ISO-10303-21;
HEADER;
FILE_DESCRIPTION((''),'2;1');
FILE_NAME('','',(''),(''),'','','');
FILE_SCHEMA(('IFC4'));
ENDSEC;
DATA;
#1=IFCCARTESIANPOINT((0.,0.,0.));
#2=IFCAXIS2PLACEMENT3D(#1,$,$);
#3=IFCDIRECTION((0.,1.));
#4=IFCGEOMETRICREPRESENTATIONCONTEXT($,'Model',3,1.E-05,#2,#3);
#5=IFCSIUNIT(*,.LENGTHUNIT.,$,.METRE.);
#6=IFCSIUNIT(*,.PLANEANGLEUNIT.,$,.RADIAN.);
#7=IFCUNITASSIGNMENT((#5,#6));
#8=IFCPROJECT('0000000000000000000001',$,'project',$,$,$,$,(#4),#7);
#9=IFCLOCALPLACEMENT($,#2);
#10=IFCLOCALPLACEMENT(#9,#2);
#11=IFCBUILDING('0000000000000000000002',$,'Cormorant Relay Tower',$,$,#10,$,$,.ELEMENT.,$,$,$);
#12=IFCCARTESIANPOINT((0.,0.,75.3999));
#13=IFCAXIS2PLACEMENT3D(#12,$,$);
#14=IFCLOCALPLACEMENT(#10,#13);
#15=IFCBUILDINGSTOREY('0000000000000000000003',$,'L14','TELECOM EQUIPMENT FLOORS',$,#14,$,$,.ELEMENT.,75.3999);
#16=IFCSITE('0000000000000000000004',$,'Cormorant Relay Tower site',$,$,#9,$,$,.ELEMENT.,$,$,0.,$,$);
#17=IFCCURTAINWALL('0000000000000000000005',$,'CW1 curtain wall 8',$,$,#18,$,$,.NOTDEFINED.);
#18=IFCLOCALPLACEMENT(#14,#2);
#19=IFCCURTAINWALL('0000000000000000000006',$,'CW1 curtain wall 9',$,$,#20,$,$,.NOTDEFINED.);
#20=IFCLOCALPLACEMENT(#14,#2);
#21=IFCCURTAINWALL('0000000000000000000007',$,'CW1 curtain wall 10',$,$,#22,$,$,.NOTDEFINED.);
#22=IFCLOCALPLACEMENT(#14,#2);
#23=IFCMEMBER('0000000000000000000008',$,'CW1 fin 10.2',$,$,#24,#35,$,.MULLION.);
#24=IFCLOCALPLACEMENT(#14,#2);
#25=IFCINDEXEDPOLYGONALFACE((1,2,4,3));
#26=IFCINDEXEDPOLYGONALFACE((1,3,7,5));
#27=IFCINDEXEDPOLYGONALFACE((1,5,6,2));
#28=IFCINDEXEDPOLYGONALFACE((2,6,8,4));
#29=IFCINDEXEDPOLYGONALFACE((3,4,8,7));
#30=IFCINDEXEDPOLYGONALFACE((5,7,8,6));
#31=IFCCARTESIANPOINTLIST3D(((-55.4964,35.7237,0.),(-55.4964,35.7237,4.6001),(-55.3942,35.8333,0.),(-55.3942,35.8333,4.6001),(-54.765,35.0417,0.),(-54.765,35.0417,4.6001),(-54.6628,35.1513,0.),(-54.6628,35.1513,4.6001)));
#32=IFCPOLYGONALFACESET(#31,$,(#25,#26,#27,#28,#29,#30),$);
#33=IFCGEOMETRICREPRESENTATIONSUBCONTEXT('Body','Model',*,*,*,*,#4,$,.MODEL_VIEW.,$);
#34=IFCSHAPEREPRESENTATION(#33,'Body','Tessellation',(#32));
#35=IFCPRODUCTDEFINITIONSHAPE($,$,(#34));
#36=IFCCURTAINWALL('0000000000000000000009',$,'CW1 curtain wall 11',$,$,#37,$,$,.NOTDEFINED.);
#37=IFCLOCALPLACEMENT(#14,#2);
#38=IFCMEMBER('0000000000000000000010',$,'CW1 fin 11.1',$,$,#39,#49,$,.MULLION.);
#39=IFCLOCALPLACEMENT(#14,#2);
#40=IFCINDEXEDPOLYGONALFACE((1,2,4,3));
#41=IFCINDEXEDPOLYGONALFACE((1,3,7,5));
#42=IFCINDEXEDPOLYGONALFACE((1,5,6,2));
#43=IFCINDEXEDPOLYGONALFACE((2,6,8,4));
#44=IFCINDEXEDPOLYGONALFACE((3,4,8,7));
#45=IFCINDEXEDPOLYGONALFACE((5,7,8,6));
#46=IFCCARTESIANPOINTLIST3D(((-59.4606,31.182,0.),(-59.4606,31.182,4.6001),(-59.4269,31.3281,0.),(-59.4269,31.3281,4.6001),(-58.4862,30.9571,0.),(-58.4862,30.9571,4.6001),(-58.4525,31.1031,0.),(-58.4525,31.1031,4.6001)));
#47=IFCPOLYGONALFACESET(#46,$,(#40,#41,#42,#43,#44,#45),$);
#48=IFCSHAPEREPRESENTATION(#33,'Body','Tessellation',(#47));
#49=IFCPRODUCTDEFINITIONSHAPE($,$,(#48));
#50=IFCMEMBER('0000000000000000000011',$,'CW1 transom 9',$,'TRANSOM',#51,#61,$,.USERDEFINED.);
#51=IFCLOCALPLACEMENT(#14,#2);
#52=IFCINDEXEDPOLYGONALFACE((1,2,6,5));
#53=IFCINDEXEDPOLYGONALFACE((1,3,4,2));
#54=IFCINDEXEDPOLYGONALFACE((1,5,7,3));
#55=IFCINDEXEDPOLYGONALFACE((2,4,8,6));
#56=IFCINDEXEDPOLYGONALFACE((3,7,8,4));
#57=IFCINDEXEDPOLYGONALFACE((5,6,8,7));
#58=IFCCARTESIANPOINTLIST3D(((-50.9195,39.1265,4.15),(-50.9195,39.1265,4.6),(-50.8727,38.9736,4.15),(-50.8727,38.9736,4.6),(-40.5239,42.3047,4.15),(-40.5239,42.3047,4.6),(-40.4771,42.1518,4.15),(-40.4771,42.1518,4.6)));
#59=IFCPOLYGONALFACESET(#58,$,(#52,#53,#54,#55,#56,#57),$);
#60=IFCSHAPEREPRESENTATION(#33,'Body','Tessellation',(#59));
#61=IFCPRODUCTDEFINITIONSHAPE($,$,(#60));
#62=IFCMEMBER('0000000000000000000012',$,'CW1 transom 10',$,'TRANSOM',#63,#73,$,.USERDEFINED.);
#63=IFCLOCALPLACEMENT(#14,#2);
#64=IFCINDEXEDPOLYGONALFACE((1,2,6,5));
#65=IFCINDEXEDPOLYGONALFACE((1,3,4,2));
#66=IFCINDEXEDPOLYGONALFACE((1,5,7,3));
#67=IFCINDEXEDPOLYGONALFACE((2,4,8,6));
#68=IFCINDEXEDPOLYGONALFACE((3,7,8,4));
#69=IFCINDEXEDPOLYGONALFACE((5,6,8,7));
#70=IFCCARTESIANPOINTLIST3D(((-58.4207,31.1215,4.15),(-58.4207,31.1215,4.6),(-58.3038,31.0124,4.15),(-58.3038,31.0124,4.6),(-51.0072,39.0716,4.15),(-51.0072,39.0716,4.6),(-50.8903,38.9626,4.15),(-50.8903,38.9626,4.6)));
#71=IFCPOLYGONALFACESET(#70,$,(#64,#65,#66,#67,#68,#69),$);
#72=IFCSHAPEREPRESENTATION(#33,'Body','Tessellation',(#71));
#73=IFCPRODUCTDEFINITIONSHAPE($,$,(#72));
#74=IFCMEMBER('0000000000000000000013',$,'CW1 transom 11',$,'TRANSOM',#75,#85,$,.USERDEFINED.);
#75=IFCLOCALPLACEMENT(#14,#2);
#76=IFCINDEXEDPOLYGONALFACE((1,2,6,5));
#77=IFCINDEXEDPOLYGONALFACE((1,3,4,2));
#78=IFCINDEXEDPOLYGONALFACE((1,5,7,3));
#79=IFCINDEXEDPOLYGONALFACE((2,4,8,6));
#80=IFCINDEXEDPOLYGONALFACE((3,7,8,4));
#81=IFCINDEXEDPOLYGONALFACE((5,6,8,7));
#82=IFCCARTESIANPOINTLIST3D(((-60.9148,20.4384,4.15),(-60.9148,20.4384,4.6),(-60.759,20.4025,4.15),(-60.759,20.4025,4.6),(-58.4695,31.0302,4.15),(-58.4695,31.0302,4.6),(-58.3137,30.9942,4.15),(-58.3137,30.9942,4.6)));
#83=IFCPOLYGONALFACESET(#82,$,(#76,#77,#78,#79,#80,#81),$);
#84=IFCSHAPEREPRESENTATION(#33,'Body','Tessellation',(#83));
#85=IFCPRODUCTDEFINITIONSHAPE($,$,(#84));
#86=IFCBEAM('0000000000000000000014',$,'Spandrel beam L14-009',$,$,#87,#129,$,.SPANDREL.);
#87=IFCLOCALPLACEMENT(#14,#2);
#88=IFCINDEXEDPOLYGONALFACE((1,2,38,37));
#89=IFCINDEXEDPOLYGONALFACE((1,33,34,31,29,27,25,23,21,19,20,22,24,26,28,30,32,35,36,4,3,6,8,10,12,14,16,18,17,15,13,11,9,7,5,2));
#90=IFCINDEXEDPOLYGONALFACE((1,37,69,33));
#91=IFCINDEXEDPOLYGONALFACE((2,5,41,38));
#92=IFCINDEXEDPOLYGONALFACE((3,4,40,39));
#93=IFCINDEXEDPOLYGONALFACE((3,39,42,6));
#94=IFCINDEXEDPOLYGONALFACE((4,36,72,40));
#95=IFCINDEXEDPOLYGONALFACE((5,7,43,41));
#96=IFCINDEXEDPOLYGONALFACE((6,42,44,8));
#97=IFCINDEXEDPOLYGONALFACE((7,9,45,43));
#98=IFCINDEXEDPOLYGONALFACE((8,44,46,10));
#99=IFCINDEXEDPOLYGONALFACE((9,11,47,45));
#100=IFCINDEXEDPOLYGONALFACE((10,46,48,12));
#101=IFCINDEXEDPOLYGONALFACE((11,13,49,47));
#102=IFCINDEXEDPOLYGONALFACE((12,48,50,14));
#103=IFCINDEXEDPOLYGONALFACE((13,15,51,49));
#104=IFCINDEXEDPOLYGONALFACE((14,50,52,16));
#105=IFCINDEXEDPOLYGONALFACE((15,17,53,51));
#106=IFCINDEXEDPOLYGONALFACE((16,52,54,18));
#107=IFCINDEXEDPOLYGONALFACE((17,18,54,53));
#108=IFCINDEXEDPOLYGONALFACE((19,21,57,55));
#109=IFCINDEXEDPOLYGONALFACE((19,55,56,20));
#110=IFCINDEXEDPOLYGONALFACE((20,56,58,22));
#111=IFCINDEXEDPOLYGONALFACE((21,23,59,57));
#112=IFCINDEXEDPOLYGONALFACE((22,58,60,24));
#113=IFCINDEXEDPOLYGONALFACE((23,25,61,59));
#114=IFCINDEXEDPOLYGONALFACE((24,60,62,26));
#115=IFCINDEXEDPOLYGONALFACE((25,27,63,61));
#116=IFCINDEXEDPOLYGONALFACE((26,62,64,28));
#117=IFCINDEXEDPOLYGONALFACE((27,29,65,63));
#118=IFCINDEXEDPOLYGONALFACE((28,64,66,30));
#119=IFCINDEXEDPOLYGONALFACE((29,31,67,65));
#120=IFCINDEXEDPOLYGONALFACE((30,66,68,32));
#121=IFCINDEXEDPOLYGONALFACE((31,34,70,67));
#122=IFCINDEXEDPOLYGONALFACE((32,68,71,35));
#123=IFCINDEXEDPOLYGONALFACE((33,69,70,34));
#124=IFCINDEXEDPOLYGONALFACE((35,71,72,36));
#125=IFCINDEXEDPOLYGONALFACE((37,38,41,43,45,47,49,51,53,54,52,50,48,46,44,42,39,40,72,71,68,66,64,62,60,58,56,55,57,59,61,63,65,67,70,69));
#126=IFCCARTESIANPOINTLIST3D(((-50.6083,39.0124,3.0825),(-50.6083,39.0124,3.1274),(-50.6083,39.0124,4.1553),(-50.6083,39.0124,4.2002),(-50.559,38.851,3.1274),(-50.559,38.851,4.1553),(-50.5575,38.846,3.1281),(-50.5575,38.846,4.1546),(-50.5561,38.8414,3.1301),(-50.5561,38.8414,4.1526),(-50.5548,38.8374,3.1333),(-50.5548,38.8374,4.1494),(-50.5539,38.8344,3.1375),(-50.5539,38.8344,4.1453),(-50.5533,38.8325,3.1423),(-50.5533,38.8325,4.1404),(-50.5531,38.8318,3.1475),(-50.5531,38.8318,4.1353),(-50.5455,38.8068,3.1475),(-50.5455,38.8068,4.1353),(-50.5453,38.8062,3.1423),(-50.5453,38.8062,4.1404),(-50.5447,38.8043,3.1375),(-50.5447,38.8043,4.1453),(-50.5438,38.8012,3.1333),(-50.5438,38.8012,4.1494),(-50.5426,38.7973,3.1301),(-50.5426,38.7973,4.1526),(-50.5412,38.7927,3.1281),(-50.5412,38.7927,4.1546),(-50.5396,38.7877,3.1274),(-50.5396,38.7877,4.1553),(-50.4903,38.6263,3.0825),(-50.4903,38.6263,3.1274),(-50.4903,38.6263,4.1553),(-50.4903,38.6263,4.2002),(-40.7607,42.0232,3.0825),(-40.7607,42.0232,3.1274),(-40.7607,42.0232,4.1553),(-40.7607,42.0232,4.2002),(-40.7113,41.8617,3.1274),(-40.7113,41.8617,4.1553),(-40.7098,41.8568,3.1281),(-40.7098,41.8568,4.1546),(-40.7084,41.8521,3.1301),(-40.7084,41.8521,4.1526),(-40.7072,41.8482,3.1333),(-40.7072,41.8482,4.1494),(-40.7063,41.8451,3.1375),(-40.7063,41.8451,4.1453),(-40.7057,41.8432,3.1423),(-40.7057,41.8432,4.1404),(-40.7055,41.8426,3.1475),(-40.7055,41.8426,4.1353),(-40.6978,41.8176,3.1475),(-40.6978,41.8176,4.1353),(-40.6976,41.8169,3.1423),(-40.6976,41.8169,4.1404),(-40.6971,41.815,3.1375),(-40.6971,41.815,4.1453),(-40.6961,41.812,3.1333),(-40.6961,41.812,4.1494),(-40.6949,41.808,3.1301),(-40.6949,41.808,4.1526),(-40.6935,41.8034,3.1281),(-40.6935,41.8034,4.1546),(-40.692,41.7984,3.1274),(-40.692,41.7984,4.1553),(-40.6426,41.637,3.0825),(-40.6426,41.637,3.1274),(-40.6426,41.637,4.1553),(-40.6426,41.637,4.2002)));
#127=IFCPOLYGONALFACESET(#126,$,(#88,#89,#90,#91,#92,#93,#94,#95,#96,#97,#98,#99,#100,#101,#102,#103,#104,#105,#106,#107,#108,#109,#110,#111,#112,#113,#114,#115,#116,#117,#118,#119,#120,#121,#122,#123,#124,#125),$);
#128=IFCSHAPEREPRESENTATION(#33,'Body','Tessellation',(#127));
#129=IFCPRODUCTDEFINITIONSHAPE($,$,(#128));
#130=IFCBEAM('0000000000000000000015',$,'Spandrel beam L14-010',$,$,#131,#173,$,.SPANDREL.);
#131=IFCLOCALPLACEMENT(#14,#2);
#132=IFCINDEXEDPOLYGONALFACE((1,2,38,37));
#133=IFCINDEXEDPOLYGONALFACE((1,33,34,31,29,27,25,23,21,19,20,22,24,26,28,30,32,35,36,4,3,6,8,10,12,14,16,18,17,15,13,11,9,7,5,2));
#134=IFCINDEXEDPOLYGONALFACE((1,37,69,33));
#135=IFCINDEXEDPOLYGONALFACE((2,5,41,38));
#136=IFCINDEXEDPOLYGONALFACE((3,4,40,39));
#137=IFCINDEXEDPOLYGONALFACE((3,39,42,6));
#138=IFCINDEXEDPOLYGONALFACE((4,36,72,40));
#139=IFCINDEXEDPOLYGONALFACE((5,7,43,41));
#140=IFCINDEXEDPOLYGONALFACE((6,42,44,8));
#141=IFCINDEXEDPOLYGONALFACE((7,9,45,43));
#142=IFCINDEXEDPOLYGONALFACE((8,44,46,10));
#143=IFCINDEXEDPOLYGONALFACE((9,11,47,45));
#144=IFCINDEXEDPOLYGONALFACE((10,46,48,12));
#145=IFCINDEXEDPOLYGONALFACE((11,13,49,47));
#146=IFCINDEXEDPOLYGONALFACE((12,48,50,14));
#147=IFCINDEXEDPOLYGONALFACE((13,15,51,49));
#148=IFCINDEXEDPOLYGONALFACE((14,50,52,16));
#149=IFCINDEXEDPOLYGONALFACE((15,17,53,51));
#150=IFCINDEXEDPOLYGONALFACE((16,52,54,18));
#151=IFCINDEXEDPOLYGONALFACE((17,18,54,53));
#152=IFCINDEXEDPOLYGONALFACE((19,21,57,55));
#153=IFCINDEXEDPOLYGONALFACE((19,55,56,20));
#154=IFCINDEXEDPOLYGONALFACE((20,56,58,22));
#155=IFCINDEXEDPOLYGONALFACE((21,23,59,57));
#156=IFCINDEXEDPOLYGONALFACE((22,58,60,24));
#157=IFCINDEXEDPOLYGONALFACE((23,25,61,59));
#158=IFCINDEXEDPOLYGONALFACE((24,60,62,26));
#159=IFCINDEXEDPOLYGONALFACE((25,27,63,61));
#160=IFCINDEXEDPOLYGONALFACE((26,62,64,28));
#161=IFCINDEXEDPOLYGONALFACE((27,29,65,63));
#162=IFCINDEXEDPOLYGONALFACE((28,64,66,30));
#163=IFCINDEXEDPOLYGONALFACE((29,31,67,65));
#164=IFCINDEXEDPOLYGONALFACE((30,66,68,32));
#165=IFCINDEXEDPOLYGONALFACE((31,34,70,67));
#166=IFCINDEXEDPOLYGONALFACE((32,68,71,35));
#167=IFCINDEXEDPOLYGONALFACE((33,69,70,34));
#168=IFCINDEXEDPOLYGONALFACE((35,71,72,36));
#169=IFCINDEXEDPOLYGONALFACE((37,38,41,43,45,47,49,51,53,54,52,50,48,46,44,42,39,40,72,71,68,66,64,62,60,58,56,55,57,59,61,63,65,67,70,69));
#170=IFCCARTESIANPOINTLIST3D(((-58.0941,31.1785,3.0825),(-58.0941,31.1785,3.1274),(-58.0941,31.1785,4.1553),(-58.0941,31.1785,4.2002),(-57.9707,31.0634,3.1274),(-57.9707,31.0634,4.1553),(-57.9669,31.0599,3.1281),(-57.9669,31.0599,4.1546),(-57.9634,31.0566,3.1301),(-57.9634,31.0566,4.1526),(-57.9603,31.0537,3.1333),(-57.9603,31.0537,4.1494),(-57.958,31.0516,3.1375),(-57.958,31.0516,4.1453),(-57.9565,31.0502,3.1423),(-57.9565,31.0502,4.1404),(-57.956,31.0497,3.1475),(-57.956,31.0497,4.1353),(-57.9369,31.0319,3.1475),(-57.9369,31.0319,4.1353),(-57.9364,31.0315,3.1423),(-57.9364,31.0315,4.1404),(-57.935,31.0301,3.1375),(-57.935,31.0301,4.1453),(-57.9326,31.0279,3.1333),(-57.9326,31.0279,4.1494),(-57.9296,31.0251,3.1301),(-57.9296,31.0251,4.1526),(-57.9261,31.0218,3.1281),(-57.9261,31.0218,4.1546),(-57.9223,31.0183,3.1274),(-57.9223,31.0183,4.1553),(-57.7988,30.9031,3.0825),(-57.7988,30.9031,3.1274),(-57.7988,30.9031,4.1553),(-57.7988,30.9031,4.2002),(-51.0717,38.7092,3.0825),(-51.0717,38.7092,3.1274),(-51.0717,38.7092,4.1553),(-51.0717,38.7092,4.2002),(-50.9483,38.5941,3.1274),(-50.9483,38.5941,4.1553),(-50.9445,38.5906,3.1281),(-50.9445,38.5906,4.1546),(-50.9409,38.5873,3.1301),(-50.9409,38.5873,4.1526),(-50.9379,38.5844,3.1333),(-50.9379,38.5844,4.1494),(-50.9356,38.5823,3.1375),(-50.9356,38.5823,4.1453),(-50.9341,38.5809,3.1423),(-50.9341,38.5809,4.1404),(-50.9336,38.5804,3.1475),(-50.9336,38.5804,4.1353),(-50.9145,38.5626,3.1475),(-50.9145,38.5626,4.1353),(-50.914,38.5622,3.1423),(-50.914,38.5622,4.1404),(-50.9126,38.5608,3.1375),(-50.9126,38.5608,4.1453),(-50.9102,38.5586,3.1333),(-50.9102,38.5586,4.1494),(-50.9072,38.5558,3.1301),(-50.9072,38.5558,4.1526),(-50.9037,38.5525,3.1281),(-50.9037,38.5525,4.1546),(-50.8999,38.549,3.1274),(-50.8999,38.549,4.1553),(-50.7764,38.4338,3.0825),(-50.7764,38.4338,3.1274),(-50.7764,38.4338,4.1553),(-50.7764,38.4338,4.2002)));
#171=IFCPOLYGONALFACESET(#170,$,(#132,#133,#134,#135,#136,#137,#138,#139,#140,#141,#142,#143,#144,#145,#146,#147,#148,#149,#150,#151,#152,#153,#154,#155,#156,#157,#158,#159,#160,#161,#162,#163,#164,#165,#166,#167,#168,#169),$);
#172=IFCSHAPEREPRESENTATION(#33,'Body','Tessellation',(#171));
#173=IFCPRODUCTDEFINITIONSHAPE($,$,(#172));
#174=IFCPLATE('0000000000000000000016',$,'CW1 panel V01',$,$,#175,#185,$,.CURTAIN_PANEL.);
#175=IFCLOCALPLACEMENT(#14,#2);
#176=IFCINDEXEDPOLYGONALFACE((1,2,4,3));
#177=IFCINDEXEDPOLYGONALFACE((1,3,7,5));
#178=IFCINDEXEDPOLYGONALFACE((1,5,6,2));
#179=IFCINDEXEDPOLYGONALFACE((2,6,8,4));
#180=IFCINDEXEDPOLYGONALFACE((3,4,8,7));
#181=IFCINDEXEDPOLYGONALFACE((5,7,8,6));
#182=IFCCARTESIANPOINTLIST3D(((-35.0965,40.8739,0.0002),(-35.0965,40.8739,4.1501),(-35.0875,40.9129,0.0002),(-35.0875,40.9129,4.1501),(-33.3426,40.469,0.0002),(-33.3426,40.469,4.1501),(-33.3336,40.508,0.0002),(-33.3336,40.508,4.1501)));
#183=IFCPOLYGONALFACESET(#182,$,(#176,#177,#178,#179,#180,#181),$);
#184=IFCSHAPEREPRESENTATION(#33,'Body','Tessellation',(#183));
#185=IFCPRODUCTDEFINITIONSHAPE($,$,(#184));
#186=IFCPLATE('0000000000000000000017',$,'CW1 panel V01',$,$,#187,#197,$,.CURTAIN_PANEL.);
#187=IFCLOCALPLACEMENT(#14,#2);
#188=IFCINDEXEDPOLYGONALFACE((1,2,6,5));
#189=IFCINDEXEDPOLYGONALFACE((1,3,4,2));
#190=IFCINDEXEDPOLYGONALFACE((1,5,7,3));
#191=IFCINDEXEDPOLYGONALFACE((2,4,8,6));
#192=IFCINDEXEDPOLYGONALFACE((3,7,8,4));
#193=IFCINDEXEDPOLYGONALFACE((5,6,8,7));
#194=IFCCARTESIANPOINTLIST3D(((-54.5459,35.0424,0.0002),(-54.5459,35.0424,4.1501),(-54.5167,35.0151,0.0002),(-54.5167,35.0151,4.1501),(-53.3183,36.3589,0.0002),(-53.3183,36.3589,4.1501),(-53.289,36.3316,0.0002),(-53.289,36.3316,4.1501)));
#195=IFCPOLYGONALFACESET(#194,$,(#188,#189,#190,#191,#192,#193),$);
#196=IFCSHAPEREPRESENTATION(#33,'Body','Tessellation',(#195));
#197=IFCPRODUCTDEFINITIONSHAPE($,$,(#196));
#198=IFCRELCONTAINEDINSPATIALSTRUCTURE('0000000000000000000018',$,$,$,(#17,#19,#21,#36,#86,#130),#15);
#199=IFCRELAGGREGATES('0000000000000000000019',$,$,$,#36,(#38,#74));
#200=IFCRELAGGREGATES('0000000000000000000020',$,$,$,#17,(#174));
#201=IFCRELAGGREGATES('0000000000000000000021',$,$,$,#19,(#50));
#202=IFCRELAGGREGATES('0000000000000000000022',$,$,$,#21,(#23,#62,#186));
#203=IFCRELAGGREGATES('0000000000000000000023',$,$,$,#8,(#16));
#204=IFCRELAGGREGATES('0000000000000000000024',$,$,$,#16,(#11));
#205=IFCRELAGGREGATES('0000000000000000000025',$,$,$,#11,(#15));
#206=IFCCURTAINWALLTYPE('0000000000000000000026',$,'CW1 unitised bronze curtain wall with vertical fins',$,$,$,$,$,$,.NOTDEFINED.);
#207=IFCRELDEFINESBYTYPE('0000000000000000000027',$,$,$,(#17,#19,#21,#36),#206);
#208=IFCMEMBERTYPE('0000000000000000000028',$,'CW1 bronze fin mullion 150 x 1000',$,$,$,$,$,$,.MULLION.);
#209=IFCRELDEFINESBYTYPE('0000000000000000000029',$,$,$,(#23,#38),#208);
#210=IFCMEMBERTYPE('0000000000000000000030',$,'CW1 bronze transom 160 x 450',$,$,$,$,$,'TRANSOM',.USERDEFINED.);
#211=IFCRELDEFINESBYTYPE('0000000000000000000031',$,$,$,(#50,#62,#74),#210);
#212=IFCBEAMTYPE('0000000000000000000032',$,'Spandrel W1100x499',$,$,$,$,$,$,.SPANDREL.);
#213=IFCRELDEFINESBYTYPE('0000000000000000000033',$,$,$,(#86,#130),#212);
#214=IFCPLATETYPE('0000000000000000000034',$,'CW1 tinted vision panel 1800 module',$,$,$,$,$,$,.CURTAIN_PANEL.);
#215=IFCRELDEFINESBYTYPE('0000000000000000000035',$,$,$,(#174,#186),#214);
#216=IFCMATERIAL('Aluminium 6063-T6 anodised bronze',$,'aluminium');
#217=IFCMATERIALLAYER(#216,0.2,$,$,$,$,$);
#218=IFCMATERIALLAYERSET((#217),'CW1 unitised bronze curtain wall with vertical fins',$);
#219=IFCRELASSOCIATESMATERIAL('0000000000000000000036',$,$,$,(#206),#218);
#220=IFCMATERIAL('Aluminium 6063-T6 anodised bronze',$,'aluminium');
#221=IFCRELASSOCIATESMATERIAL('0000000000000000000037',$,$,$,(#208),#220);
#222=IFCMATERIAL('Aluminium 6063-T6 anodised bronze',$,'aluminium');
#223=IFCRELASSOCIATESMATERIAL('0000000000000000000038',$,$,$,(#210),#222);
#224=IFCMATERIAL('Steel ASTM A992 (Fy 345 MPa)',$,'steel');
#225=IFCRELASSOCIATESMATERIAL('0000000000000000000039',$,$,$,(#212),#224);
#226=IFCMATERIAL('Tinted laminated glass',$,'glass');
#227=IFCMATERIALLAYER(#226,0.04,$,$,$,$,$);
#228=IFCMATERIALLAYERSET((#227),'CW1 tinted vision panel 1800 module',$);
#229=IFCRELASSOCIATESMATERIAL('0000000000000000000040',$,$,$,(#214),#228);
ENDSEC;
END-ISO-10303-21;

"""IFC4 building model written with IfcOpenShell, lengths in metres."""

from ifc_helpers import new_model, si_unit, direction, frame, origin, origin_2d, place, context, subcontext, project, spatial, rectangle, i_section, extrude, material, layer, layer_set, material_profile, profile_set, type_object, element, aggregate, save


model = new_model("IFC4")

# Units and contexts
model_context = context("Model", 3, precision=1e-05, world=origin(), true_north=direction((0.0, 1.0)))
body_context = subcontext(model_context, "Body", "Model", "MODEL_VIEW")
ifc_project = project(units=[si_unit("LENGTHUNIT", "METRE"), si_unit("PLANEANGLEUNIT", "RADIAN")], contexts=[model_context])

# Site, building, storey
site_placement = place(None, origin())
site = spatial("IfcSite", under=ifc_project, at=site_placement, Name="Cormorant Relay Tower site", CompositionType="ELEMENT", RefElevation=0.0)
building_placement = place(site_placement, origin())
building = spatial("IfcBuilding", under=site, at=building_placement, Name="Cormorant Relay Tower", CompositionType="ELEMENT")
storey_placement = place(building_placement, frame((0.0, 0.0, 75.3999)))
storey = spatial("IfcBuildingStorey", under=building, at=storey_placement, Name="L14", Description="TELECOM EQUIPMENT FLOORS", CompositionType="ELEMENT", Elevation=75.3999)

# Curtain wall
ifc_material_1 = material(Name="Aluminium 6063-T6 anodised bronze", Category="aluminium")
ifc_layer_1 = layer(ifc_material_1, 0.2)
ifc_layer_set_1 = layer_set([ifc_layer_1], Name="CW1 unitised bronze curtain wall with vertical fins")
curtain_wall_type = type_object("IfcCurtainWallType", Name="CW1 unitised bronze curtain wall with vertical fins", PredefinedType="NOTDEFINED", material=ifc_layer_set_1)
curtain_wall_1_placement = place(storey_placement, origin())
curtain_wall_1 = element("IfcCurtainWall", 1, at=curtain_wall_1_placement, inside=storey, type_object=curtain_wall_type, Name="CW1 curtain wall 8", PredefinedType="NOTDEFINED")
ifc_material_2 = material(Name="Aluminium 6063-T6 anodised bronze", Category="aluminium")
ifc_material_profile_1 = material_profile(ifc_material_2, rectangle(XDim=0.1499, YDim=1.0, at=origin_2d()), Name="AL 150x1000")
ifc_profile_set_1 = profile_set([ifc_material_profile_1], Name="Aluminium 6063-T6 anodised bronze")
member_type_1 = type_object("IfcMemberType", Name="CW1 bronze fin mullion 150 x 1000", PredefinedType="MULLION", material=ifc_profile_set_1)

# Curtain walls, member
curtain_wall_2_placement = place(storey_placement, origin())
curtain_wall_2 = element("IfcCurtainWall", 2, at=curtain_wall_2_placement, inside=storey, type_object=curtain_wall_type, Name="CW1 curtain wall 9", PredefinedType="NOTDEFINED")
curtain_wall_3_placement = place(storey_placement, origin())
curtain_wall_3 = element("IfcCurtainWall", 3, at=curtain_wall_3_placement, inside=storey, type_object=curtain_wall_type, Name="CW1 curtain wall 10", PredefinedType="NOTDEFINED")
member_1_placement = place(storey_placement, frame((-55.0796, 35.4375, 0.0), z_axis=(0.0, 0.0, 1.0), x_axis=(-0.681998, -0.731354, 0.0)))
member_1 = element("IfcMember", 4, at=member_1_placement, type_object=member_type_1, Name="CW1 fin 10.2", PredefinedType="MULLION", context=body_context, shape_type="SweptSolid", body=[
    extrude(rectangle(XDim=0.1499, YDim=1.0, at=origin_2d()), origin(), (0.0, 0.0, 1.0), 4.6001),
])

# Curtain wall, member
curtain_wall_4_placement = place(storey_placement, origin())
curtain_wall_4 = element("IfcCurtainWall", 5, at=curtain_wall_4_placement, inside=storey, type_object=curtain_wall_type, Name="CW1 curtain wall 11", PredefinedType="NOTDEFINED")
member_2_placement = place(storey_placement, frame((-58.9565, 31.1426, 0.0), z_axis=(0.0, 0.0, 1.0), x_axis=(-0.224951, -0.97437, 0.0)))
member_2 = element("IfcMember", 6, at=member_2_placement, type_object=member_type_1, Name="CW1 fin 11.1", PredefinedType="MULLION", context=body_context, shape_type="SweptSolid", body=[
    extrude(rectangle(XDim=0.1499, YDim=1.0, at=origin_2d()), origin(), (0.0, 0.0, 1.0), 4.6001),
])

# Members
ifc_material_3 = material(Name="Aluminium 6063-T6 anodised bronze", Category="aluminium")
ifc_material_profile_2 = material_profile(ifc_material_3, rectangle(XDim=0.1599, YDim=0.45, at=origin_2d()), Name="AL 160x450")
ifc_profile_set_2 = profile_set([ifc_material_profile_2], Name="Aluminium 6063-T6 anodised bronze")
member_type_2 = type_object("IfcMemberType", Name="CW1 bronze transom 160 x 450", ElementType="TRANSOM", PredefinedType="USERDEFINED", material=ifc_profile_set_2)
member_3_placement = place(storey_placement, frame((-40.5005, 42.2283, 4.375), z_axis=(-0.956305, -0.292371, 0.0), x_axis=(0.292371, -0.956305, 0.0)))
member_3 = element("IfcMember", 7, at=member_3_placement, type_object=member_type_2, Name="CW1 transom 9", ObjectType="TRANSOM", PredefinedType="USERDEFINED", context=body_context, shape_type="SweptSolid", body=[
    extrude(rectangle(XDim=0.1599, YDim=0.45, at=origin_2d()), origin(), (0.0, 0.0, 1.0), 10.8706),
])
member_4_placement = place(storey_placement, frame((-50.9487, 39.0171, 4.375), z_axis=(-0.681993, -0.731358, 0.0), x_axis=(0.731358, -0.681993, 0.0)))
member_4 = element("IfcMember", 8, at=member_4_placement, type_object=member_type_2, Name="CW1 transom 10", ObjectType="TRANSOM", PredefinedType="USERDEFINED", context=body_context, shape_type="SweptSolid", body=[
    extrude(rectangle(XDim=0.1599, YDim=0.45, at=origin_2d()), origin(), (0.0, 0.0, 1.0), 10.8704),
])
member_5_placement = place(storey_placement, frame((-58.3916, 31.0122, 4.375), z_axis=(-0.224951, -0.97437, 0.0), x_axis=(0.97437, -0.224951, 0.0)))
member_5 = element("IfcMember", 9, at=member_5_placement, type_object=member_type_2, Name="CW1 transom 11", ObjectType="TRANSOM", PredefinedType="USERDEFINED", context=body_context, shape_type="SweptSolid", body=[
    extrude(rectangle(XDim=0.1599, YDim=0.45, at=origin_2d()), origin(), (0.0, 0.0, 1.0), 10.8704),
])
aggregate(curtain_wall_4, [member_2, member_5])

# Beams
ifc_material_4 = material(Name="Steel ASTM A992 (Fy 345 MPa)", Category="steel")
ifc_material_profile_3 = material_profile(ifc_material_4, i_section(OverallWidth=0.4038, OverallDepth=1.1177, WebThickness=0.0261, FlangeThickness=0.0449, FilletRadius=0.02, at=origin_2d()), Name="W1100x499")
ifc_profile_set_3 = profile_set([ifc_material_profile_3], Name="Steel ASTM A992 (Fy 345 MPa)")
beam_type = type_object("IfcBeamType", Name="Spandrel W1100x499", PredefinedType="SPANDREL", material=ifc_profile_set_3)
beam_1_placement = place(storey_placement, frame((-40.7017, 41.8301, 3.6414), z_axis=(-0.956304, -0.292373, 0.0), x_axis=(0.292373, -0.956304, 0.0)))
element("IfcBeam", 10, at=beam_1_placement, inside=storey, type_object=beam_type, Name="Spandrel beam L14-009", PredefinedType="SPANDREL", context=body_context, shape_type="SweptSolid", body=[
    extrude(i_section(OverallWidth=0.4038, OverallDepth=1.1177, WebThickness=0.0261, FlangeThickness=0.0449, FilletRadius=0.02, at=origin_2d()), origin(), (0.0, 0.0, 1.0), 10.2976),
])
beam_2_placement = place(storey_placement, frame((-50.9241, 38.5715, 3.6414), z_axis=(-0.681994, -0.731358, 0.0), x_axis=(0.731358, -0.681994, 0.0)))
element("IfcBeam", 11, at=beam_2_placement, inside=storey, type_object=beam_type, Name="Spandrel beam L14-010", PredefinedType="SPANDREL", context=body_context, shape_type="SweptSolid", body=[
    extrude(i_section(OverallWidth=0.4038, OverallDepth=1.1177, WebThickness=0.0261, FlangeThickness=0.0449, FilletRadius=0.02, at=origin_2d()), origin(), (0.0, 0.0, 1.0), 10.2969),
])

# Plates
ifc_material_5 = material(Name="Tinted laminated glass", Category="glass")
ifc_layer_2 = layer(ifc_material_5, 0.04)
ifc_layer_set_2 = layer_set([ifc_layer_2], Name="CW1 tinted vision panel 1800 module")
plate_type_1 = type_object("IfcPlateType", Name="CW1 tinted vision panel 1800 module", PredefinedType="CURTAIN_PANEL", material=ifc_layer_set_2)
plate_1_placement = place(storey_placement, frame((-34.2151, 40.6909, 0.0002), z_axis=(0.0, 0.0, 1.0), x_axis=(-0.97437, 0.224951, 0.0)))
plate_1 = element("IfcPlate", 12, at=plate_1_placement, type_object=plate_type_1, Name="CW1 panel V01", PredefinedType="CURTAIN_PANEL", context=body_context, shape_type="SweptSolid", body=[
    extrude(rectangle(XDim=1.8, YDim=0.04, at=origin_2d()), origin(), (0.0, 0.0, 1.0), 4.1499),
])
plate_2_placement = place(storey_placement, frame((-53.9175, 35.687, 0.0002), z_axis=(0.0, 0.0, 1.0), x_axis=(-0.681998, -0.731354, 0.0)))
plate_2 = element("IfcPlate", 13, at=plate_2_placement, type_object=plate_type_1, Name="CW1 panel V01", PredefinedType="CURTAIN_PANEL", context=body_context, shape_type="SweptSolid", body=[
    extrude(rectangle(XDim=1.8, YDim=0.04, at=origin_2d()), origin(), (0.0, 0.0, 1.0), 4.1499),
])

aggregate(curtain_wall_1, [plate_1])
aggregate(curtain_wall_2, [member_3])
aggregate(curtain_wall_3, [member_1, member_4, plate_2])

save(model, "model.ifc")
